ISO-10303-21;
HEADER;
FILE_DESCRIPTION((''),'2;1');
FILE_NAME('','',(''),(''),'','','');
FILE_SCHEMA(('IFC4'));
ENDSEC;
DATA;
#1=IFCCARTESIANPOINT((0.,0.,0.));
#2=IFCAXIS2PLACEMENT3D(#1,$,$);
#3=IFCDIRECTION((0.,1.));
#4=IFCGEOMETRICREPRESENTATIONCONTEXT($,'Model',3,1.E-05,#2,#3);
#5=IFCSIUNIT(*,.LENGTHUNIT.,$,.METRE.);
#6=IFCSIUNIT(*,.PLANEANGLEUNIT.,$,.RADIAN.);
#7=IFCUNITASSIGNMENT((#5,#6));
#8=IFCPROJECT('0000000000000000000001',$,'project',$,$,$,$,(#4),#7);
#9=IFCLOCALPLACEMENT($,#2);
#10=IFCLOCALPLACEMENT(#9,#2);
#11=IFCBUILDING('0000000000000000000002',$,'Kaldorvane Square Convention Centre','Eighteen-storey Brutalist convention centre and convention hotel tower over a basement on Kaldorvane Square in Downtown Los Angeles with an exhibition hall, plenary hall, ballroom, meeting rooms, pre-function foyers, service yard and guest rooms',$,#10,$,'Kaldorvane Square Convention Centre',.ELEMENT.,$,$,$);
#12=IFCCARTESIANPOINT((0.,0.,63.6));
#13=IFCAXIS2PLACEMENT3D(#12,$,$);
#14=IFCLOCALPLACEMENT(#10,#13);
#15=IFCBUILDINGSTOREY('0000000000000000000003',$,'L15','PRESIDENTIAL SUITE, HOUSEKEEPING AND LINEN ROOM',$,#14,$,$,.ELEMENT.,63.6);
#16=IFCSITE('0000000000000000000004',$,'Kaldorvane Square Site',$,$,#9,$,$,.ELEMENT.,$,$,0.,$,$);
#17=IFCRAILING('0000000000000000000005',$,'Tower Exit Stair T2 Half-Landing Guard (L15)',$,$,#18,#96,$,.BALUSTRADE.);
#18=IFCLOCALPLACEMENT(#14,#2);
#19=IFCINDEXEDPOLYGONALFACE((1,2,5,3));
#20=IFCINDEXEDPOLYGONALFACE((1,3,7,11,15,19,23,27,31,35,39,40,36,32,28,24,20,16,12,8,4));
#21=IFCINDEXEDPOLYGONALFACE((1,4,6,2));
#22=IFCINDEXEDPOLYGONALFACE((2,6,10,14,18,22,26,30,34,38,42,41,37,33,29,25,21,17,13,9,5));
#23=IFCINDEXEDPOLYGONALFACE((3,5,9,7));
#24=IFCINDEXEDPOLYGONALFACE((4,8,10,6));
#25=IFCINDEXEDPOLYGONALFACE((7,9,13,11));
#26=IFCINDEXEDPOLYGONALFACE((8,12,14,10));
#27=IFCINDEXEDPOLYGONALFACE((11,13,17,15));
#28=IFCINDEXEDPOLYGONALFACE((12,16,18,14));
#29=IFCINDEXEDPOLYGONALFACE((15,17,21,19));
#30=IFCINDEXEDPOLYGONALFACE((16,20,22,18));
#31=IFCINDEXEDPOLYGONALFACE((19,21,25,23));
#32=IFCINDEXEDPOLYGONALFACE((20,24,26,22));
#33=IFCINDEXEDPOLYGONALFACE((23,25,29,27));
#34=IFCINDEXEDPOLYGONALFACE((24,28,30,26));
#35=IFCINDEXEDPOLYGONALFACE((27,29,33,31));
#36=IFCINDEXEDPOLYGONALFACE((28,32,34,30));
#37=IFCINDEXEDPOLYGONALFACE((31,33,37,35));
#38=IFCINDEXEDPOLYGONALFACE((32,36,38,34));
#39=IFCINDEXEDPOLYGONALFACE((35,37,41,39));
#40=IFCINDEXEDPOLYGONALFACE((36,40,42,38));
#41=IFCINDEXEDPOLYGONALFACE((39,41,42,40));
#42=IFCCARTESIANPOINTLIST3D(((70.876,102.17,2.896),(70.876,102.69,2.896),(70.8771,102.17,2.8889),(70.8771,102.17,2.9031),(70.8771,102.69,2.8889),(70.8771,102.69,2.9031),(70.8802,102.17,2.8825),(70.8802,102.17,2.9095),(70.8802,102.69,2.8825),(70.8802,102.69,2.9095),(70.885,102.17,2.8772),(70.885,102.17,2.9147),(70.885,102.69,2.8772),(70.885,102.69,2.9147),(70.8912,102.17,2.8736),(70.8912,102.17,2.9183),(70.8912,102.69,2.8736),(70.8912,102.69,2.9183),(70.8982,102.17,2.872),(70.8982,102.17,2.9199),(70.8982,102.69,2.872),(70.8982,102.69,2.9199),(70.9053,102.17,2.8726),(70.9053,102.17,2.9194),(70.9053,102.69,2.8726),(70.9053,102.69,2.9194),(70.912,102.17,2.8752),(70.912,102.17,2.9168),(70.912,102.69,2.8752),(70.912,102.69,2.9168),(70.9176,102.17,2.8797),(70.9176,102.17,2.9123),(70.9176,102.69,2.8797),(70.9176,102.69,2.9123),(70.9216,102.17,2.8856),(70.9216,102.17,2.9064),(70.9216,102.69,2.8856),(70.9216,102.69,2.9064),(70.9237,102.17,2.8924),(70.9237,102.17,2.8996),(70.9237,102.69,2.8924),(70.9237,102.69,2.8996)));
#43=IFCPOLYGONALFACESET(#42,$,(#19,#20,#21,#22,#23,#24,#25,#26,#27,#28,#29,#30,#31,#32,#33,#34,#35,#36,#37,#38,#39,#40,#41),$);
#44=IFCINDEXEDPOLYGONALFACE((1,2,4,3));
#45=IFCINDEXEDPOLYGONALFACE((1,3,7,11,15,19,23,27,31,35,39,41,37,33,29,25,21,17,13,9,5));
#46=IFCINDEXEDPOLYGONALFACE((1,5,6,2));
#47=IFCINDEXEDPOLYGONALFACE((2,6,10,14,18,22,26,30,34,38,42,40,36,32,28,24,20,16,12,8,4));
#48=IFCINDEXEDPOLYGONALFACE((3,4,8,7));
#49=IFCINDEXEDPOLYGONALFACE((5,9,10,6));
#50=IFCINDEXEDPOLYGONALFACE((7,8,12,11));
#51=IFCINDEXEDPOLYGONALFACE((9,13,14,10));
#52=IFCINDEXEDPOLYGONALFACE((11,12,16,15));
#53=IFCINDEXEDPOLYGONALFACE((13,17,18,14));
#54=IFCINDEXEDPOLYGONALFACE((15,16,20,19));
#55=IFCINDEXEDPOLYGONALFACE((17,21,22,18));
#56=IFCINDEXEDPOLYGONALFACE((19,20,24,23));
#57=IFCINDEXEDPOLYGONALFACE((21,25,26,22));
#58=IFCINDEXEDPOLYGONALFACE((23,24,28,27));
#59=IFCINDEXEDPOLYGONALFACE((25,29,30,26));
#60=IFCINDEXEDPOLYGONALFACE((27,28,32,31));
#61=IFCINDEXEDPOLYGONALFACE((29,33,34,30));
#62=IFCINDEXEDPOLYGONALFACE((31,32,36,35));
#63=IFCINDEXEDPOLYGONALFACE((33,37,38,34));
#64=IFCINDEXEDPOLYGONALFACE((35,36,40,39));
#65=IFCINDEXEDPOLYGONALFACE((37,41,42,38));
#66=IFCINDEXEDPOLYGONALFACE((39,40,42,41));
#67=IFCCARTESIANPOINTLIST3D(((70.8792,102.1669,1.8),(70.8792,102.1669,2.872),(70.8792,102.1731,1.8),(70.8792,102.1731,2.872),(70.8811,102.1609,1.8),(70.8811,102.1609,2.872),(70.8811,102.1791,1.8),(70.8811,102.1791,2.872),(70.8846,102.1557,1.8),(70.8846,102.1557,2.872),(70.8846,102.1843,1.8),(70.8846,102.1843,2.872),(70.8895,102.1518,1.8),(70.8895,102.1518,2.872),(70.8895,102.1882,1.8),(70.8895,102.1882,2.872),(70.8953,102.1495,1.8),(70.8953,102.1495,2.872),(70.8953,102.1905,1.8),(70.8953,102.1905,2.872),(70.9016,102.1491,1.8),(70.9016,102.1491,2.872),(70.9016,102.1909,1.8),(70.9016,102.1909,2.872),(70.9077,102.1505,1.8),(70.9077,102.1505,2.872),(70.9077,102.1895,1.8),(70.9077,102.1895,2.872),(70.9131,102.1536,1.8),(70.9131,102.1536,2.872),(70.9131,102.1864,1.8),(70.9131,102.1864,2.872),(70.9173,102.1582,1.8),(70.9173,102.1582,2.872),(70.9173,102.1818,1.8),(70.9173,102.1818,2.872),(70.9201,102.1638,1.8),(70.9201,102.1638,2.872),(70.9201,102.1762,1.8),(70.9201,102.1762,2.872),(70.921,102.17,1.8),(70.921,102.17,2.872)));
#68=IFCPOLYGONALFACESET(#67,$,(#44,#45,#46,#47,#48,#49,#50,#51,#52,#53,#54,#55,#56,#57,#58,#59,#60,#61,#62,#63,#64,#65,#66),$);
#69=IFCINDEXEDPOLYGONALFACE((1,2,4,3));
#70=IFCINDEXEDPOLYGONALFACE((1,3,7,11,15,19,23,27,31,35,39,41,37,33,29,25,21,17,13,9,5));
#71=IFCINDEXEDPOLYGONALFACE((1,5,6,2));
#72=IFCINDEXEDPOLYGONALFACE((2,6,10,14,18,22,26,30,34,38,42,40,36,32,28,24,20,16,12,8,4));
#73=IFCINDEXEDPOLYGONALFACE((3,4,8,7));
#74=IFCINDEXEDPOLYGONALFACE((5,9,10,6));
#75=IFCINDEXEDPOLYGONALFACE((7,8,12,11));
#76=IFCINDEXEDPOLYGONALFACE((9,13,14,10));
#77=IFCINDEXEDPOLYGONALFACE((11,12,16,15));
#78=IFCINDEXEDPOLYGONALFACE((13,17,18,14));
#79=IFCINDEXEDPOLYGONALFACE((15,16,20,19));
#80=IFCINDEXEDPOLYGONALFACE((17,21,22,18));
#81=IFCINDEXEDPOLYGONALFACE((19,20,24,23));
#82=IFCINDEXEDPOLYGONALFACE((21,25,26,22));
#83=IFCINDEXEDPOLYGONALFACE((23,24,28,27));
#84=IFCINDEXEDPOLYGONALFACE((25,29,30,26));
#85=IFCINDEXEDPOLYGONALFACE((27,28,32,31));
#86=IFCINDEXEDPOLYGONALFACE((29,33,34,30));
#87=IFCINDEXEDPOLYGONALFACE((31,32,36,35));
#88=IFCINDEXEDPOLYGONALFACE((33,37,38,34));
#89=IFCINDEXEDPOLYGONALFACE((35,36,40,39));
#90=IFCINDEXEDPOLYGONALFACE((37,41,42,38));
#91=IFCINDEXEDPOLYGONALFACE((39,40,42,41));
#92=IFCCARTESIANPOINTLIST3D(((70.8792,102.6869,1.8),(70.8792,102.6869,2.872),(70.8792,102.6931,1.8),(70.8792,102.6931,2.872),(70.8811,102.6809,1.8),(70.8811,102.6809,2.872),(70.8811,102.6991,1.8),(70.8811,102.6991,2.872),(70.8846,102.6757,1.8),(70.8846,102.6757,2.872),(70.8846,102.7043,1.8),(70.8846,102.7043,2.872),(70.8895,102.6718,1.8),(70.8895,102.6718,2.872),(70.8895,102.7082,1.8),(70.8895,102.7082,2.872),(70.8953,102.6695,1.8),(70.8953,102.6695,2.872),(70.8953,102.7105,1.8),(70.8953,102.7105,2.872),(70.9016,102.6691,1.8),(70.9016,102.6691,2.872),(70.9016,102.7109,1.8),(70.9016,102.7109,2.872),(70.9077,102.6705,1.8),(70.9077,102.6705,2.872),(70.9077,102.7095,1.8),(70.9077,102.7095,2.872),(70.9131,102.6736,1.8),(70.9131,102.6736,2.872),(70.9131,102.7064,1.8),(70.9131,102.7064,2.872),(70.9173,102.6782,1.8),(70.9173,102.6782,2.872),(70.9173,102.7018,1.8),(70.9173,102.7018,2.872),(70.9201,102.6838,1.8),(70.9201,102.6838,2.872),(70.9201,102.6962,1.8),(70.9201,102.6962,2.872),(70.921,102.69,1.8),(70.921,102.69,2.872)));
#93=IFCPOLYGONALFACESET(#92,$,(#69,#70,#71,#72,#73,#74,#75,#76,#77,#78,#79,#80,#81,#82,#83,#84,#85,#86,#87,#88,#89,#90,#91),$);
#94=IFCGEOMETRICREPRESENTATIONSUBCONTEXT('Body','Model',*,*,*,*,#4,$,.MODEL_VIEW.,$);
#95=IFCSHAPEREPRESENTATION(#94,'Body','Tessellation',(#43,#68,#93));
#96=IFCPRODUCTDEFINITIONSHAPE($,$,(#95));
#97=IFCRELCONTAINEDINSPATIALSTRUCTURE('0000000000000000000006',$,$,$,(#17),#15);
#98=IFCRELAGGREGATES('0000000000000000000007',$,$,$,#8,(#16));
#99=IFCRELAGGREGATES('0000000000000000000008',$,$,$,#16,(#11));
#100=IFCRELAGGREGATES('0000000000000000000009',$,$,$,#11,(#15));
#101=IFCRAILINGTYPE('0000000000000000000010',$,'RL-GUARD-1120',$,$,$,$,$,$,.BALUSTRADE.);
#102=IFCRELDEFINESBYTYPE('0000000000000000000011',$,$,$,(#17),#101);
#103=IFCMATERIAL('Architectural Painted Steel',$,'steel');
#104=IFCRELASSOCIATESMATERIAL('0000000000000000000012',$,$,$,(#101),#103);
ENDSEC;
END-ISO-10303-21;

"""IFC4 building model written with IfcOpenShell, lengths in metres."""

from ifc_helpers import new_model, si_unit, direction, frame, origin, origin_2d, place, context, subcontext, project, spatial, circle, extrude, material, type_object, element, save


model = new_model("IFC4")

# Units and contexts
model_context = context("Model", 3, precision=1e-05, world=origin(), true_north=direction((0.0, 1.0)))
body_context = subcontext(model_context, "Body", "Model", "MODEL_VIEW")
ifc_project = project(units=[si_unit("LENGTHUNIT", "METRE"), si_unit("PLANEANGLEUNIT", "RADIAN")], contexts=[model_context])

# Site, building, storey
site_placement = place(None, origin())
site = spatial("IfcSite", under=ifc_project, at=site_placement, Name="Kaldorvane Square Site", CompositionType="ELEMENT", RefElevation=0.0)
building_placement = place(site_placement, origin())
building = spatial("IfcBuilding", under=site, at=building_placement, Name="Kaldorvane Square Convention Centre", Description="Eighteen-storey Brutalist convention centre and convention hotel tower over a basement on Kaldorvane Square in Downtown Los Angeles with an exhibition hall, plenary hall, ballroom, meeting rooms, pre-function foyers, service yard and guest rooms", LongName="Kaldorvane Square Convention Centre", CompositionType="ELEMENT")
storey_placement = place(building_placement, frame((0.0, 0.0, 63.6)))
storey = spatial("IfcBuildingStorey", under=building, at=storey_placement, Name="L15", Description="PRESIDENTIAL SUITE, HOUSEKEEPING AND LINEN ROOM", CompositionType="ELEMENT", Elevation=63.6)

# Railing
ifc_material_1 = material(Name="Architectural Painted Steel", Category="steel")
railing_type = type_object("IfcRailingType", Name="RL-GUARD-1120", PredefinedType="BALUSTRADE", material=ifc_material_1)
for number, where, name in (
    (1, (70.9, 102.17, 1.8), "Tower Exit Stair T2 Half-Landing Guard (L15)"),
):
    element("IfcRailing", number, at=place(storey_placement, frame(where)), inside=storey, type_object=railing_type, Name=name, PredefinedType="BALUSTRADE", context=body_context, shape_type="SweptSolid", body=[
        extrude(circle(Radius=0.024, at=origin_2d()), frame((0.0, 0.0, 1.096), z_axis=(0.0, 1.0, 0.0), x_axis=(-1.0, 0.0, 0.0)), (0.0, 0.0, 1.0), 0.52),
        extrude(circle(Radius=0.021, at=origin_2d()), origin(), (0.0, 0.0, 1.0), 1.072),
        extrude(circle(Radius=0.021, at=origin_2d()), frame((0.0, 0.52, 0.0)), (0.0, 0.0, 1.0), 1.072),
    ])

save(model, "model.ifc")
